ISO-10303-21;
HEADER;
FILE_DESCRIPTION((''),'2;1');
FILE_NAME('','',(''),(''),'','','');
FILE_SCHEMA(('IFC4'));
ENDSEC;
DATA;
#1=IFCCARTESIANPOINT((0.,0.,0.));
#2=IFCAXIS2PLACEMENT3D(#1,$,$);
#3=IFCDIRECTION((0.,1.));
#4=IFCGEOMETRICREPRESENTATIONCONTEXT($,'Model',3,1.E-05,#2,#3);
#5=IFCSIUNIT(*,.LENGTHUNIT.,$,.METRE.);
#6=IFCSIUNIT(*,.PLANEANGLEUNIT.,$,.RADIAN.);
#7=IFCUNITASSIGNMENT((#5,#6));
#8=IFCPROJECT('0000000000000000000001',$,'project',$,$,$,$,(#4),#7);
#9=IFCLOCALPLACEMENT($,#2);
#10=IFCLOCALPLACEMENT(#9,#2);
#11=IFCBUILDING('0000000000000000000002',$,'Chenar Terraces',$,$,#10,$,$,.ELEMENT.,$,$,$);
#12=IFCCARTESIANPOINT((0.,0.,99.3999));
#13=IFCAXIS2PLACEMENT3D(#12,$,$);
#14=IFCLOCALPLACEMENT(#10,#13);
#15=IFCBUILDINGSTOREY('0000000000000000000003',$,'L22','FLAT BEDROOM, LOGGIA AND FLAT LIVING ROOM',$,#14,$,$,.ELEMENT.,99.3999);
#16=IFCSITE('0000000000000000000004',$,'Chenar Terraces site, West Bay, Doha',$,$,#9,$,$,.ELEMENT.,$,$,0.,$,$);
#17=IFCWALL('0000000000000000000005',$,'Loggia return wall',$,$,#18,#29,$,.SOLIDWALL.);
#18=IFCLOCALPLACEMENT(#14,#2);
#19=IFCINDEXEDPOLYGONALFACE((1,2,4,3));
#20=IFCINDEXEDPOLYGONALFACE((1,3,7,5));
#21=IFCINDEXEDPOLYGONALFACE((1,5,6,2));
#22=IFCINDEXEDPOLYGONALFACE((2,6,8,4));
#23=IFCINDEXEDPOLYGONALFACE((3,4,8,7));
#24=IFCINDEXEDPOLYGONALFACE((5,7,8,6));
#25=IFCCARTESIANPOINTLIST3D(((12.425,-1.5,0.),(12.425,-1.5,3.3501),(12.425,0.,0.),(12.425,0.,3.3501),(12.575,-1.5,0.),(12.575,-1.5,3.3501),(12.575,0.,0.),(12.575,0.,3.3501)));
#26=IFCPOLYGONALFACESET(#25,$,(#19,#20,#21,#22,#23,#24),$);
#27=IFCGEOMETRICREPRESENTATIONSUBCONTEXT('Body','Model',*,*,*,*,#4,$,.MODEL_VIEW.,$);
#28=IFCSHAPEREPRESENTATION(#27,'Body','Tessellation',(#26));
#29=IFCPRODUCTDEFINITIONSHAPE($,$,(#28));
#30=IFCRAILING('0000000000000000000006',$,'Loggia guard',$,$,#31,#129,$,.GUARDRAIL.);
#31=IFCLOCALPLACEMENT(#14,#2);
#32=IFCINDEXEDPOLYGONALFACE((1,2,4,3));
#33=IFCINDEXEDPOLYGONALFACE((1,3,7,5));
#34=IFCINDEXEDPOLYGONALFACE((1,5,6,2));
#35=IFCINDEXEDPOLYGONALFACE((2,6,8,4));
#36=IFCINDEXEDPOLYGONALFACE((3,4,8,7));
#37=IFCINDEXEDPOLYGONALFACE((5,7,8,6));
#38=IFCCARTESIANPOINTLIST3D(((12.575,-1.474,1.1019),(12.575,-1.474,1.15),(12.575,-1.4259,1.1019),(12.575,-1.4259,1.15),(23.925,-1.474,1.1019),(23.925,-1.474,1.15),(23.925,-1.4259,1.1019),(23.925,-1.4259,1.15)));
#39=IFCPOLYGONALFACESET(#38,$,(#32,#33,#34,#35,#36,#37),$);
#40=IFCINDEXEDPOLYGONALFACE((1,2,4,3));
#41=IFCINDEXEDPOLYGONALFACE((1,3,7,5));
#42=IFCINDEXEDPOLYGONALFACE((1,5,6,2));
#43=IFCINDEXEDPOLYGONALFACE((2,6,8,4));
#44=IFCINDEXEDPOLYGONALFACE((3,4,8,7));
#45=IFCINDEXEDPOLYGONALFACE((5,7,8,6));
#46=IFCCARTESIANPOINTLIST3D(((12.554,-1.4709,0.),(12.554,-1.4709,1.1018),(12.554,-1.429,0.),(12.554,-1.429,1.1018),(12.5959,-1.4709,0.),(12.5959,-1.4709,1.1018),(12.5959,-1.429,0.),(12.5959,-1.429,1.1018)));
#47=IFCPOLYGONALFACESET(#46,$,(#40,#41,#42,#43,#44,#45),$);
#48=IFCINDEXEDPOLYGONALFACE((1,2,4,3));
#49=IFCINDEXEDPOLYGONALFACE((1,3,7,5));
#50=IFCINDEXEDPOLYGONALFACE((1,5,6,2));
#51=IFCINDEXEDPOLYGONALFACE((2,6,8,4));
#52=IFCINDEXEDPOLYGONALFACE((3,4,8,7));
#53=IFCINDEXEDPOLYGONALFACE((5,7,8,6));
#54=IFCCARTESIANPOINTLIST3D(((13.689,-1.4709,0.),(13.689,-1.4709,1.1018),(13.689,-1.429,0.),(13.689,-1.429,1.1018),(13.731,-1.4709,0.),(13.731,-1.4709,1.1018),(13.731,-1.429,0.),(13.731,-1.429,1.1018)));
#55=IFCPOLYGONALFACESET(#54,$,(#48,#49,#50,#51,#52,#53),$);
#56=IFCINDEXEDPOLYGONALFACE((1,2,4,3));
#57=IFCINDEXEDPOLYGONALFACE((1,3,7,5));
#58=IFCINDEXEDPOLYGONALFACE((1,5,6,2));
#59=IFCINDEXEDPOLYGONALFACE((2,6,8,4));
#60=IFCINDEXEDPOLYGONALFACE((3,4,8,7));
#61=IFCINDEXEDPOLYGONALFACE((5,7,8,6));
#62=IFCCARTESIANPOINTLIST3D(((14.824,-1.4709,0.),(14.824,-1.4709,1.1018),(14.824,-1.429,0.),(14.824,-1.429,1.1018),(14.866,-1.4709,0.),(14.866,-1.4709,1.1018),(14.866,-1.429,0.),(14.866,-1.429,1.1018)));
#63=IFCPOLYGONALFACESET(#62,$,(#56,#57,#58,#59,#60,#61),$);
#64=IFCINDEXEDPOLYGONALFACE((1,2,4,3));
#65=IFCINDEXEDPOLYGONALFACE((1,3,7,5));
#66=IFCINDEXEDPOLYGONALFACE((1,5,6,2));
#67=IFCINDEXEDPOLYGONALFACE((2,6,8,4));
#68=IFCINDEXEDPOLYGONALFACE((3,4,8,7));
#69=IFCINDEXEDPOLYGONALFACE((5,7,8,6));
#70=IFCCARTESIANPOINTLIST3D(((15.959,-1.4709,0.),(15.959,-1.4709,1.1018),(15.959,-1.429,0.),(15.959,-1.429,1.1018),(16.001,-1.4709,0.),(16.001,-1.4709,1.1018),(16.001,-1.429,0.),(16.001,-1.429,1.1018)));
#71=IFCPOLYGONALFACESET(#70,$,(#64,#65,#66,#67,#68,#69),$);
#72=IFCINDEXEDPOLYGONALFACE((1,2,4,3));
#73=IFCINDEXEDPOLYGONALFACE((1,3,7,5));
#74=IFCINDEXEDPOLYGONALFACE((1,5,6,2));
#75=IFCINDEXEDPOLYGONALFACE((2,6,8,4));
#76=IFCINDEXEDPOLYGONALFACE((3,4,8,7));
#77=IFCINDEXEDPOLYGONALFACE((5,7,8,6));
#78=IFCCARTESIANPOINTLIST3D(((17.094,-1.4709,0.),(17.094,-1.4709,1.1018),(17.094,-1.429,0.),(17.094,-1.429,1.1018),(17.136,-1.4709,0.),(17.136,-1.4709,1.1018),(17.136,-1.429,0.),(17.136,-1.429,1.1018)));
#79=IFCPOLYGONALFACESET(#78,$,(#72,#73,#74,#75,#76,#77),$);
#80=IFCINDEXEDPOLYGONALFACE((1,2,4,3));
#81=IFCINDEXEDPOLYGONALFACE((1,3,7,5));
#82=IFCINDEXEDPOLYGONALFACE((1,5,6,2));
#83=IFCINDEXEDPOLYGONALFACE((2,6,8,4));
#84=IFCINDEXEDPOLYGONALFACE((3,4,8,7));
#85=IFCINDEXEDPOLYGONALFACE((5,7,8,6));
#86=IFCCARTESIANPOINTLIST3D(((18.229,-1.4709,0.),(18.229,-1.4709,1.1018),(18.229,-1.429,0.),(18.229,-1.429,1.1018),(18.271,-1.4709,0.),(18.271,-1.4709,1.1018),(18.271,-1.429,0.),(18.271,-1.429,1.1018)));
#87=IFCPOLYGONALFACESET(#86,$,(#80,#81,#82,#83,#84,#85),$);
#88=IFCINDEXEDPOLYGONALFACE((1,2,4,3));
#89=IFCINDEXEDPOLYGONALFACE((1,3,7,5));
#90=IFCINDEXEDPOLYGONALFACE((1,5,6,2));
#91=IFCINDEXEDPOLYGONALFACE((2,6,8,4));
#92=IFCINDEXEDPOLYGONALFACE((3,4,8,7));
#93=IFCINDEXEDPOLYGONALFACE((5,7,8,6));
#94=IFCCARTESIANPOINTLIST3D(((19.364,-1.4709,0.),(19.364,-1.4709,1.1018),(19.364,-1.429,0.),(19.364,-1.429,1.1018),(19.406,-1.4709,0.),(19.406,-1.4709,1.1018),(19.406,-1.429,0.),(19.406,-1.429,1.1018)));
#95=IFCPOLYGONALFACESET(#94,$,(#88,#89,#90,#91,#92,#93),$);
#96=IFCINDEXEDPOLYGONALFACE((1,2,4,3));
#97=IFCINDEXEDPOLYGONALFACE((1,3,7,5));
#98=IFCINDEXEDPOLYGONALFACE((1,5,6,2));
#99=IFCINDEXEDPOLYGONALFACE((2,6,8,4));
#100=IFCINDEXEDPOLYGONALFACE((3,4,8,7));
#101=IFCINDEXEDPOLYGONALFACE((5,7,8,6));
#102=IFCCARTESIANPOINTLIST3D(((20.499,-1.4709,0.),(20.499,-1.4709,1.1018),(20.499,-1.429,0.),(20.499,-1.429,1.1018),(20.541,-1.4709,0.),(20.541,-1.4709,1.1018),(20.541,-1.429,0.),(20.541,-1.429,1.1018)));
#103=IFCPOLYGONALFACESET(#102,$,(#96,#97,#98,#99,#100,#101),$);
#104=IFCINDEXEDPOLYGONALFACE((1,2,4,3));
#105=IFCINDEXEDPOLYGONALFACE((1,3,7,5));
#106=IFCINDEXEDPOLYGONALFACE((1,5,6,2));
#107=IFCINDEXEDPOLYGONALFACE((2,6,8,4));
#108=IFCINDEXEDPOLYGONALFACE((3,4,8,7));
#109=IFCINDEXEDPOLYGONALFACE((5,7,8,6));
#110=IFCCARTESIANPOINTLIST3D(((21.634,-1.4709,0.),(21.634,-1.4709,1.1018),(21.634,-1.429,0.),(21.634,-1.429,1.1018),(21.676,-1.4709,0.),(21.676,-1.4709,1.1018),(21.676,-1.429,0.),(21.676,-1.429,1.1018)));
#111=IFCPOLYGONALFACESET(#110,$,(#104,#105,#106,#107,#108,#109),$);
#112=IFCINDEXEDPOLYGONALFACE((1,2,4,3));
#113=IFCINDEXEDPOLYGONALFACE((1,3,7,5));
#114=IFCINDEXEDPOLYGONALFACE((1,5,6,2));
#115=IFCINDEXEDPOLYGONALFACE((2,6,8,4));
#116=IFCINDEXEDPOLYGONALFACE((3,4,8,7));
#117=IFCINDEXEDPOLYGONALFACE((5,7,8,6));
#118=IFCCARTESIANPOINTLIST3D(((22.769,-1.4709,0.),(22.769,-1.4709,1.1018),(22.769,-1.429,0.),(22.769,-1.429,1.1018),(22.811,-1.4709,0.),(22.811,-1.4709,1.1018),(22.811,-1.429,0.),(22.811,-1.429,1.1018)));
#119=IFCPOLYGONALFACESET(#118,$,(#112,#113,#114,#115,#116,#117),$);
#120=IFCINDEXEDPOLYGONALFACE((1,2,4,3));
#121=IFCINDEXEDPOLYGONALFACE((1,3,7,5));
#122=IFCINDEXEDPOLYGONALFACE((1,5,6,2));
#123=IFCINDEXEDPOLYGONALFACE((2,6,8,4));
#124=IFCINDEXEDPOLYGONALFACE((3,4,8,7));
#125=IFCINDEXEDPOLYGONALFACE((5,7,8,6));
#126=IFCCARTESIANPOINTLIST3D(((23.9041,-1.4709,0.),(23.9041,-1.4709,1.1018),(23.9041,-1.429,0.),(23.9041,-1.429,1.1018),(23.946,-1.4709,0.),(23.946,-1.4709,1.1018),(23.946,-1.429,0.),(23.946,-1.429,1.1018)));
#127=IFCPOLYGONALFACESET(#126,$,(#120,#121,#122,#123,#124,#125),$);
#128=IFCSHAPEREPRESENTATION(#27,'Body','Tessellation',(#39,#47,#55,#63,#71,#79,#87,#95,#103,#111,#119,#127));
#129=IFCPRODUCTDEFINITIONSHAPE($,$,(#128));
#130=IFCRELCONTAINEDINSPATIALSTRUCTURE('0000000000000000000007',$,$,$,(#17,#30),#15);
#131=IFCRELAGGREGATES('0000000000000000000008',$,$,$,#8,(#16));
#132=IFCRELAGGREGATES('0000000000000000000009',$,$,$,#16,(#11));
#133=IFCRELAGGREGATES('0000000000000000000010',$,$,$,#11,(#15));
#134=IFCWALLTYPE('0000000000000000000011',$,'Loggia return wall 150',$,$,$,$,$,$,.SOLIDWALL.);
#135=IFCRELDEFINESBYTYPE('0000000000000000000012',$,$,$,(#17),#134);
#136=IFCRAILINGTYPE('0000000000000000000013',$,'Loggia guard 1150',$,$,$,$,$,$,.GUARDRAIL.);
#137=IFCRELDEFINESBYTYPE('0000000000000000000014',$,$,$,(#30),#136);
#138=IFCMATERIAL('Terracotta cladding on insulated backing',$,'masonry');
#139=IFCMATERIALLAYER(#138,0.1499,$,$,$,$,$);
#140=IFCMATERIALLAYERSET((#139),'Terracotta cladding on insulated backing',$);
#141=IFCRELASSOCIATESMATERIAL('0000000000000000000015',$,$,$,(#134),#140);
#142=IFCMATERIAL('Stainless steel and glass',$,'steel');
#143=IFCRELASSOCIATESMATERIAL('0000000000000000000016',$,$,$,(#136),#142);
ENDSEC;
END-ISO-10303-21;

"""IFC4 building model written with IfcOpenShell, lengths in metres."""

from ifc_helpers import new_model, si_unit, direction, frame, frame_2d, origin, origin_2d, place, context, subcontext, project, spatial, rectangle, extrude, material, layer, layer_set, type_object, element, save


model = new_model("IFC4")

# Units and contexts
model_context = context("Model", 3, precision=1e-05, world=origin(), true_north=direction((0.0, 1.0)))
body_context = subcontext(model_context, "Body", "Model", "MODEL_VIEW")
ifc_project = project(units=[si_unit("LENGTHUNIT", "METRE"), si_unit("PLANEANGLEUNIT", "RADIAN")], contexts=[model_context])

# Site, building, storey
site_placement = place(None, origin())
site = spatial("IfcSite", under=ifc_project, at=site_placement, Name="Chenar Terraces site, West Bay, Doha", CompositionType="ELEMENT", RefElevation=0.0)
building_placement = place(site_placement, origin())
building = spatial("IfcBuilding", under=site, at=building_placement, Name="Chenar Terraces", CompositionType="ELEMENT")
storey_placement = place(building_placement, frame((0.0, 0.0, 99.3999)))
storey = spatial("IfcBuildingStorey", under=building, at=storey_placement, Name="L22", Description="FLAT BEDROOM, LOGGIA AND FLAT LIVING ROOM", CompositionType="ELEMENT", Elevation=99.3999)

# Wall
ifc_material_1 = material(Name="Terracotta cladding on insulated backing", Category="masonry")
ifc_layer_1 = layer(ifc_material_1, 0.1499)
ifc_layer_set_1 = layer_set([ifc_layer_1], Name="Terracotta cladding on insulated backing")
wall_type_1 = type_object("IfcWallType", Name="Loggia return wall 150", PredefinedType="SOLIDWALL", material=ifc_layer_set_1)
wall_1_placement = place(storey_placement, frame((12.5, -1.5, 0.0), z_axis=(0.0, 0.0, 1.0), x_axis=(0.0, 1.0, 0.0)))
element("IfcWall", 1, at=wall_1_placement, inside=storey, type_object=wall_type_1, Name="Loggia return wall", PredefinedType="SOLIDWALL", context=body_context, shape_type="SweptSolid", body=[
    extrude(rectangle(XDim=1.5, YDim=0.1499, at=frame_2d((0.75, 0.0))), origin(), (0.0, 0.0, 1.0), 3.3501),
])

# Railing
ifc_material_2 = material(Name="Stainless steel and glass", Category="steel")
railing_type = type_object("IfcRailingType", Name="Loggia guard 1150", PredefinedType="GUARDRAIL", material=ifc_material_2)
railing_placement = place(storey_placement, frame((12.575, -1.45, 0.0)))
element("IfcRailing", 2, at=railing_placement, inside=storey, type_object=railing_type, Name="Loggia guard", PredefinedType="GUARDRAIL", context=body_context, shape_type="SweptSolid", body=[
    extrude(rectangle(XDim=0.0481, YDim=0.0481, at=origin_2d()), frame((0.0, 0.0, 1.126), z_axis=(1.0, 0.0, 0.0), x_axis=(0.0, 1.0, 0.0)), (0.0, 0.0, 1.0), 11.3501),
    extrude(rectangle(XDim=0.042, YDim=0.042, at=origin_2d()), origin(), (0.0, 0.0, 1.0), 1.1018),
    extrude(rectangle(XDim=0.042, YDim=0.042, at=origin_2d()), frame((1.135, 0.0, 0.0)), (0.0, 0.0, 1.0), 1.1018),
    extrude(rectangle(XDim=0.042, YDim=0.042, at=origin_2d()), frame((2.27, 0.0, 0.0)), (0.0, 0.0, 1.0), 1.1018),
    extrude(rectangle(XDim=0.042, YDim=0.042, at=origin_2d()), frame((3.405, 0.0, 0.0)), (0.0, 0.0, 1.0), 1.1018),
    extrude(rectangle(XDim=0.042, YDim=0.042, at=origin_2d()), frame((4.54, 0.0, 0.0)), (0.0, 0.0, 1.0), 1.1018),
    extrude(rectangle(XDim=0.042, YDim=0.042, at=origin_2d()), frame((5.675, 0.0, 0.0)), (0.0, 0.0, 1.0), 1.1018),
    extrude(rectangle(XDim=0.042, YDim=0.042, at=origin_2d()), frame((6.8101, 0.0, 0.0)), (0.0, 0.0, 1.0), 1.1018),
    extrude(rectangle(XDim=0.042, YDim=0.042, at=origin_2d()), frame((7.9451, 0.0, 0.0)), (0.0, 0.0, 1.0), 1.1018),
    extrude(rectangle(XDim=0.042, YDim=0.042, at=origin_2d()), frame((9.0801, 0.0, 0.0)), (0.0, 0.0, 1.0), 1.1018),
    extrude(rectangle(XDim=0.042, YDim=0.042, at=origin_2d()), frame((10.2151, 0.0, 0.0)), (0.0, 0.0, 1.0), 1.1018),
    extrude(rectangle(XDim=0.042, YDim=0.042, at=origin_2d()), frame((11.3501, 0.0, 0.0)), (0.0, 0.0, 1.0), 1.1018),
])

save(model, "model.ifc")
